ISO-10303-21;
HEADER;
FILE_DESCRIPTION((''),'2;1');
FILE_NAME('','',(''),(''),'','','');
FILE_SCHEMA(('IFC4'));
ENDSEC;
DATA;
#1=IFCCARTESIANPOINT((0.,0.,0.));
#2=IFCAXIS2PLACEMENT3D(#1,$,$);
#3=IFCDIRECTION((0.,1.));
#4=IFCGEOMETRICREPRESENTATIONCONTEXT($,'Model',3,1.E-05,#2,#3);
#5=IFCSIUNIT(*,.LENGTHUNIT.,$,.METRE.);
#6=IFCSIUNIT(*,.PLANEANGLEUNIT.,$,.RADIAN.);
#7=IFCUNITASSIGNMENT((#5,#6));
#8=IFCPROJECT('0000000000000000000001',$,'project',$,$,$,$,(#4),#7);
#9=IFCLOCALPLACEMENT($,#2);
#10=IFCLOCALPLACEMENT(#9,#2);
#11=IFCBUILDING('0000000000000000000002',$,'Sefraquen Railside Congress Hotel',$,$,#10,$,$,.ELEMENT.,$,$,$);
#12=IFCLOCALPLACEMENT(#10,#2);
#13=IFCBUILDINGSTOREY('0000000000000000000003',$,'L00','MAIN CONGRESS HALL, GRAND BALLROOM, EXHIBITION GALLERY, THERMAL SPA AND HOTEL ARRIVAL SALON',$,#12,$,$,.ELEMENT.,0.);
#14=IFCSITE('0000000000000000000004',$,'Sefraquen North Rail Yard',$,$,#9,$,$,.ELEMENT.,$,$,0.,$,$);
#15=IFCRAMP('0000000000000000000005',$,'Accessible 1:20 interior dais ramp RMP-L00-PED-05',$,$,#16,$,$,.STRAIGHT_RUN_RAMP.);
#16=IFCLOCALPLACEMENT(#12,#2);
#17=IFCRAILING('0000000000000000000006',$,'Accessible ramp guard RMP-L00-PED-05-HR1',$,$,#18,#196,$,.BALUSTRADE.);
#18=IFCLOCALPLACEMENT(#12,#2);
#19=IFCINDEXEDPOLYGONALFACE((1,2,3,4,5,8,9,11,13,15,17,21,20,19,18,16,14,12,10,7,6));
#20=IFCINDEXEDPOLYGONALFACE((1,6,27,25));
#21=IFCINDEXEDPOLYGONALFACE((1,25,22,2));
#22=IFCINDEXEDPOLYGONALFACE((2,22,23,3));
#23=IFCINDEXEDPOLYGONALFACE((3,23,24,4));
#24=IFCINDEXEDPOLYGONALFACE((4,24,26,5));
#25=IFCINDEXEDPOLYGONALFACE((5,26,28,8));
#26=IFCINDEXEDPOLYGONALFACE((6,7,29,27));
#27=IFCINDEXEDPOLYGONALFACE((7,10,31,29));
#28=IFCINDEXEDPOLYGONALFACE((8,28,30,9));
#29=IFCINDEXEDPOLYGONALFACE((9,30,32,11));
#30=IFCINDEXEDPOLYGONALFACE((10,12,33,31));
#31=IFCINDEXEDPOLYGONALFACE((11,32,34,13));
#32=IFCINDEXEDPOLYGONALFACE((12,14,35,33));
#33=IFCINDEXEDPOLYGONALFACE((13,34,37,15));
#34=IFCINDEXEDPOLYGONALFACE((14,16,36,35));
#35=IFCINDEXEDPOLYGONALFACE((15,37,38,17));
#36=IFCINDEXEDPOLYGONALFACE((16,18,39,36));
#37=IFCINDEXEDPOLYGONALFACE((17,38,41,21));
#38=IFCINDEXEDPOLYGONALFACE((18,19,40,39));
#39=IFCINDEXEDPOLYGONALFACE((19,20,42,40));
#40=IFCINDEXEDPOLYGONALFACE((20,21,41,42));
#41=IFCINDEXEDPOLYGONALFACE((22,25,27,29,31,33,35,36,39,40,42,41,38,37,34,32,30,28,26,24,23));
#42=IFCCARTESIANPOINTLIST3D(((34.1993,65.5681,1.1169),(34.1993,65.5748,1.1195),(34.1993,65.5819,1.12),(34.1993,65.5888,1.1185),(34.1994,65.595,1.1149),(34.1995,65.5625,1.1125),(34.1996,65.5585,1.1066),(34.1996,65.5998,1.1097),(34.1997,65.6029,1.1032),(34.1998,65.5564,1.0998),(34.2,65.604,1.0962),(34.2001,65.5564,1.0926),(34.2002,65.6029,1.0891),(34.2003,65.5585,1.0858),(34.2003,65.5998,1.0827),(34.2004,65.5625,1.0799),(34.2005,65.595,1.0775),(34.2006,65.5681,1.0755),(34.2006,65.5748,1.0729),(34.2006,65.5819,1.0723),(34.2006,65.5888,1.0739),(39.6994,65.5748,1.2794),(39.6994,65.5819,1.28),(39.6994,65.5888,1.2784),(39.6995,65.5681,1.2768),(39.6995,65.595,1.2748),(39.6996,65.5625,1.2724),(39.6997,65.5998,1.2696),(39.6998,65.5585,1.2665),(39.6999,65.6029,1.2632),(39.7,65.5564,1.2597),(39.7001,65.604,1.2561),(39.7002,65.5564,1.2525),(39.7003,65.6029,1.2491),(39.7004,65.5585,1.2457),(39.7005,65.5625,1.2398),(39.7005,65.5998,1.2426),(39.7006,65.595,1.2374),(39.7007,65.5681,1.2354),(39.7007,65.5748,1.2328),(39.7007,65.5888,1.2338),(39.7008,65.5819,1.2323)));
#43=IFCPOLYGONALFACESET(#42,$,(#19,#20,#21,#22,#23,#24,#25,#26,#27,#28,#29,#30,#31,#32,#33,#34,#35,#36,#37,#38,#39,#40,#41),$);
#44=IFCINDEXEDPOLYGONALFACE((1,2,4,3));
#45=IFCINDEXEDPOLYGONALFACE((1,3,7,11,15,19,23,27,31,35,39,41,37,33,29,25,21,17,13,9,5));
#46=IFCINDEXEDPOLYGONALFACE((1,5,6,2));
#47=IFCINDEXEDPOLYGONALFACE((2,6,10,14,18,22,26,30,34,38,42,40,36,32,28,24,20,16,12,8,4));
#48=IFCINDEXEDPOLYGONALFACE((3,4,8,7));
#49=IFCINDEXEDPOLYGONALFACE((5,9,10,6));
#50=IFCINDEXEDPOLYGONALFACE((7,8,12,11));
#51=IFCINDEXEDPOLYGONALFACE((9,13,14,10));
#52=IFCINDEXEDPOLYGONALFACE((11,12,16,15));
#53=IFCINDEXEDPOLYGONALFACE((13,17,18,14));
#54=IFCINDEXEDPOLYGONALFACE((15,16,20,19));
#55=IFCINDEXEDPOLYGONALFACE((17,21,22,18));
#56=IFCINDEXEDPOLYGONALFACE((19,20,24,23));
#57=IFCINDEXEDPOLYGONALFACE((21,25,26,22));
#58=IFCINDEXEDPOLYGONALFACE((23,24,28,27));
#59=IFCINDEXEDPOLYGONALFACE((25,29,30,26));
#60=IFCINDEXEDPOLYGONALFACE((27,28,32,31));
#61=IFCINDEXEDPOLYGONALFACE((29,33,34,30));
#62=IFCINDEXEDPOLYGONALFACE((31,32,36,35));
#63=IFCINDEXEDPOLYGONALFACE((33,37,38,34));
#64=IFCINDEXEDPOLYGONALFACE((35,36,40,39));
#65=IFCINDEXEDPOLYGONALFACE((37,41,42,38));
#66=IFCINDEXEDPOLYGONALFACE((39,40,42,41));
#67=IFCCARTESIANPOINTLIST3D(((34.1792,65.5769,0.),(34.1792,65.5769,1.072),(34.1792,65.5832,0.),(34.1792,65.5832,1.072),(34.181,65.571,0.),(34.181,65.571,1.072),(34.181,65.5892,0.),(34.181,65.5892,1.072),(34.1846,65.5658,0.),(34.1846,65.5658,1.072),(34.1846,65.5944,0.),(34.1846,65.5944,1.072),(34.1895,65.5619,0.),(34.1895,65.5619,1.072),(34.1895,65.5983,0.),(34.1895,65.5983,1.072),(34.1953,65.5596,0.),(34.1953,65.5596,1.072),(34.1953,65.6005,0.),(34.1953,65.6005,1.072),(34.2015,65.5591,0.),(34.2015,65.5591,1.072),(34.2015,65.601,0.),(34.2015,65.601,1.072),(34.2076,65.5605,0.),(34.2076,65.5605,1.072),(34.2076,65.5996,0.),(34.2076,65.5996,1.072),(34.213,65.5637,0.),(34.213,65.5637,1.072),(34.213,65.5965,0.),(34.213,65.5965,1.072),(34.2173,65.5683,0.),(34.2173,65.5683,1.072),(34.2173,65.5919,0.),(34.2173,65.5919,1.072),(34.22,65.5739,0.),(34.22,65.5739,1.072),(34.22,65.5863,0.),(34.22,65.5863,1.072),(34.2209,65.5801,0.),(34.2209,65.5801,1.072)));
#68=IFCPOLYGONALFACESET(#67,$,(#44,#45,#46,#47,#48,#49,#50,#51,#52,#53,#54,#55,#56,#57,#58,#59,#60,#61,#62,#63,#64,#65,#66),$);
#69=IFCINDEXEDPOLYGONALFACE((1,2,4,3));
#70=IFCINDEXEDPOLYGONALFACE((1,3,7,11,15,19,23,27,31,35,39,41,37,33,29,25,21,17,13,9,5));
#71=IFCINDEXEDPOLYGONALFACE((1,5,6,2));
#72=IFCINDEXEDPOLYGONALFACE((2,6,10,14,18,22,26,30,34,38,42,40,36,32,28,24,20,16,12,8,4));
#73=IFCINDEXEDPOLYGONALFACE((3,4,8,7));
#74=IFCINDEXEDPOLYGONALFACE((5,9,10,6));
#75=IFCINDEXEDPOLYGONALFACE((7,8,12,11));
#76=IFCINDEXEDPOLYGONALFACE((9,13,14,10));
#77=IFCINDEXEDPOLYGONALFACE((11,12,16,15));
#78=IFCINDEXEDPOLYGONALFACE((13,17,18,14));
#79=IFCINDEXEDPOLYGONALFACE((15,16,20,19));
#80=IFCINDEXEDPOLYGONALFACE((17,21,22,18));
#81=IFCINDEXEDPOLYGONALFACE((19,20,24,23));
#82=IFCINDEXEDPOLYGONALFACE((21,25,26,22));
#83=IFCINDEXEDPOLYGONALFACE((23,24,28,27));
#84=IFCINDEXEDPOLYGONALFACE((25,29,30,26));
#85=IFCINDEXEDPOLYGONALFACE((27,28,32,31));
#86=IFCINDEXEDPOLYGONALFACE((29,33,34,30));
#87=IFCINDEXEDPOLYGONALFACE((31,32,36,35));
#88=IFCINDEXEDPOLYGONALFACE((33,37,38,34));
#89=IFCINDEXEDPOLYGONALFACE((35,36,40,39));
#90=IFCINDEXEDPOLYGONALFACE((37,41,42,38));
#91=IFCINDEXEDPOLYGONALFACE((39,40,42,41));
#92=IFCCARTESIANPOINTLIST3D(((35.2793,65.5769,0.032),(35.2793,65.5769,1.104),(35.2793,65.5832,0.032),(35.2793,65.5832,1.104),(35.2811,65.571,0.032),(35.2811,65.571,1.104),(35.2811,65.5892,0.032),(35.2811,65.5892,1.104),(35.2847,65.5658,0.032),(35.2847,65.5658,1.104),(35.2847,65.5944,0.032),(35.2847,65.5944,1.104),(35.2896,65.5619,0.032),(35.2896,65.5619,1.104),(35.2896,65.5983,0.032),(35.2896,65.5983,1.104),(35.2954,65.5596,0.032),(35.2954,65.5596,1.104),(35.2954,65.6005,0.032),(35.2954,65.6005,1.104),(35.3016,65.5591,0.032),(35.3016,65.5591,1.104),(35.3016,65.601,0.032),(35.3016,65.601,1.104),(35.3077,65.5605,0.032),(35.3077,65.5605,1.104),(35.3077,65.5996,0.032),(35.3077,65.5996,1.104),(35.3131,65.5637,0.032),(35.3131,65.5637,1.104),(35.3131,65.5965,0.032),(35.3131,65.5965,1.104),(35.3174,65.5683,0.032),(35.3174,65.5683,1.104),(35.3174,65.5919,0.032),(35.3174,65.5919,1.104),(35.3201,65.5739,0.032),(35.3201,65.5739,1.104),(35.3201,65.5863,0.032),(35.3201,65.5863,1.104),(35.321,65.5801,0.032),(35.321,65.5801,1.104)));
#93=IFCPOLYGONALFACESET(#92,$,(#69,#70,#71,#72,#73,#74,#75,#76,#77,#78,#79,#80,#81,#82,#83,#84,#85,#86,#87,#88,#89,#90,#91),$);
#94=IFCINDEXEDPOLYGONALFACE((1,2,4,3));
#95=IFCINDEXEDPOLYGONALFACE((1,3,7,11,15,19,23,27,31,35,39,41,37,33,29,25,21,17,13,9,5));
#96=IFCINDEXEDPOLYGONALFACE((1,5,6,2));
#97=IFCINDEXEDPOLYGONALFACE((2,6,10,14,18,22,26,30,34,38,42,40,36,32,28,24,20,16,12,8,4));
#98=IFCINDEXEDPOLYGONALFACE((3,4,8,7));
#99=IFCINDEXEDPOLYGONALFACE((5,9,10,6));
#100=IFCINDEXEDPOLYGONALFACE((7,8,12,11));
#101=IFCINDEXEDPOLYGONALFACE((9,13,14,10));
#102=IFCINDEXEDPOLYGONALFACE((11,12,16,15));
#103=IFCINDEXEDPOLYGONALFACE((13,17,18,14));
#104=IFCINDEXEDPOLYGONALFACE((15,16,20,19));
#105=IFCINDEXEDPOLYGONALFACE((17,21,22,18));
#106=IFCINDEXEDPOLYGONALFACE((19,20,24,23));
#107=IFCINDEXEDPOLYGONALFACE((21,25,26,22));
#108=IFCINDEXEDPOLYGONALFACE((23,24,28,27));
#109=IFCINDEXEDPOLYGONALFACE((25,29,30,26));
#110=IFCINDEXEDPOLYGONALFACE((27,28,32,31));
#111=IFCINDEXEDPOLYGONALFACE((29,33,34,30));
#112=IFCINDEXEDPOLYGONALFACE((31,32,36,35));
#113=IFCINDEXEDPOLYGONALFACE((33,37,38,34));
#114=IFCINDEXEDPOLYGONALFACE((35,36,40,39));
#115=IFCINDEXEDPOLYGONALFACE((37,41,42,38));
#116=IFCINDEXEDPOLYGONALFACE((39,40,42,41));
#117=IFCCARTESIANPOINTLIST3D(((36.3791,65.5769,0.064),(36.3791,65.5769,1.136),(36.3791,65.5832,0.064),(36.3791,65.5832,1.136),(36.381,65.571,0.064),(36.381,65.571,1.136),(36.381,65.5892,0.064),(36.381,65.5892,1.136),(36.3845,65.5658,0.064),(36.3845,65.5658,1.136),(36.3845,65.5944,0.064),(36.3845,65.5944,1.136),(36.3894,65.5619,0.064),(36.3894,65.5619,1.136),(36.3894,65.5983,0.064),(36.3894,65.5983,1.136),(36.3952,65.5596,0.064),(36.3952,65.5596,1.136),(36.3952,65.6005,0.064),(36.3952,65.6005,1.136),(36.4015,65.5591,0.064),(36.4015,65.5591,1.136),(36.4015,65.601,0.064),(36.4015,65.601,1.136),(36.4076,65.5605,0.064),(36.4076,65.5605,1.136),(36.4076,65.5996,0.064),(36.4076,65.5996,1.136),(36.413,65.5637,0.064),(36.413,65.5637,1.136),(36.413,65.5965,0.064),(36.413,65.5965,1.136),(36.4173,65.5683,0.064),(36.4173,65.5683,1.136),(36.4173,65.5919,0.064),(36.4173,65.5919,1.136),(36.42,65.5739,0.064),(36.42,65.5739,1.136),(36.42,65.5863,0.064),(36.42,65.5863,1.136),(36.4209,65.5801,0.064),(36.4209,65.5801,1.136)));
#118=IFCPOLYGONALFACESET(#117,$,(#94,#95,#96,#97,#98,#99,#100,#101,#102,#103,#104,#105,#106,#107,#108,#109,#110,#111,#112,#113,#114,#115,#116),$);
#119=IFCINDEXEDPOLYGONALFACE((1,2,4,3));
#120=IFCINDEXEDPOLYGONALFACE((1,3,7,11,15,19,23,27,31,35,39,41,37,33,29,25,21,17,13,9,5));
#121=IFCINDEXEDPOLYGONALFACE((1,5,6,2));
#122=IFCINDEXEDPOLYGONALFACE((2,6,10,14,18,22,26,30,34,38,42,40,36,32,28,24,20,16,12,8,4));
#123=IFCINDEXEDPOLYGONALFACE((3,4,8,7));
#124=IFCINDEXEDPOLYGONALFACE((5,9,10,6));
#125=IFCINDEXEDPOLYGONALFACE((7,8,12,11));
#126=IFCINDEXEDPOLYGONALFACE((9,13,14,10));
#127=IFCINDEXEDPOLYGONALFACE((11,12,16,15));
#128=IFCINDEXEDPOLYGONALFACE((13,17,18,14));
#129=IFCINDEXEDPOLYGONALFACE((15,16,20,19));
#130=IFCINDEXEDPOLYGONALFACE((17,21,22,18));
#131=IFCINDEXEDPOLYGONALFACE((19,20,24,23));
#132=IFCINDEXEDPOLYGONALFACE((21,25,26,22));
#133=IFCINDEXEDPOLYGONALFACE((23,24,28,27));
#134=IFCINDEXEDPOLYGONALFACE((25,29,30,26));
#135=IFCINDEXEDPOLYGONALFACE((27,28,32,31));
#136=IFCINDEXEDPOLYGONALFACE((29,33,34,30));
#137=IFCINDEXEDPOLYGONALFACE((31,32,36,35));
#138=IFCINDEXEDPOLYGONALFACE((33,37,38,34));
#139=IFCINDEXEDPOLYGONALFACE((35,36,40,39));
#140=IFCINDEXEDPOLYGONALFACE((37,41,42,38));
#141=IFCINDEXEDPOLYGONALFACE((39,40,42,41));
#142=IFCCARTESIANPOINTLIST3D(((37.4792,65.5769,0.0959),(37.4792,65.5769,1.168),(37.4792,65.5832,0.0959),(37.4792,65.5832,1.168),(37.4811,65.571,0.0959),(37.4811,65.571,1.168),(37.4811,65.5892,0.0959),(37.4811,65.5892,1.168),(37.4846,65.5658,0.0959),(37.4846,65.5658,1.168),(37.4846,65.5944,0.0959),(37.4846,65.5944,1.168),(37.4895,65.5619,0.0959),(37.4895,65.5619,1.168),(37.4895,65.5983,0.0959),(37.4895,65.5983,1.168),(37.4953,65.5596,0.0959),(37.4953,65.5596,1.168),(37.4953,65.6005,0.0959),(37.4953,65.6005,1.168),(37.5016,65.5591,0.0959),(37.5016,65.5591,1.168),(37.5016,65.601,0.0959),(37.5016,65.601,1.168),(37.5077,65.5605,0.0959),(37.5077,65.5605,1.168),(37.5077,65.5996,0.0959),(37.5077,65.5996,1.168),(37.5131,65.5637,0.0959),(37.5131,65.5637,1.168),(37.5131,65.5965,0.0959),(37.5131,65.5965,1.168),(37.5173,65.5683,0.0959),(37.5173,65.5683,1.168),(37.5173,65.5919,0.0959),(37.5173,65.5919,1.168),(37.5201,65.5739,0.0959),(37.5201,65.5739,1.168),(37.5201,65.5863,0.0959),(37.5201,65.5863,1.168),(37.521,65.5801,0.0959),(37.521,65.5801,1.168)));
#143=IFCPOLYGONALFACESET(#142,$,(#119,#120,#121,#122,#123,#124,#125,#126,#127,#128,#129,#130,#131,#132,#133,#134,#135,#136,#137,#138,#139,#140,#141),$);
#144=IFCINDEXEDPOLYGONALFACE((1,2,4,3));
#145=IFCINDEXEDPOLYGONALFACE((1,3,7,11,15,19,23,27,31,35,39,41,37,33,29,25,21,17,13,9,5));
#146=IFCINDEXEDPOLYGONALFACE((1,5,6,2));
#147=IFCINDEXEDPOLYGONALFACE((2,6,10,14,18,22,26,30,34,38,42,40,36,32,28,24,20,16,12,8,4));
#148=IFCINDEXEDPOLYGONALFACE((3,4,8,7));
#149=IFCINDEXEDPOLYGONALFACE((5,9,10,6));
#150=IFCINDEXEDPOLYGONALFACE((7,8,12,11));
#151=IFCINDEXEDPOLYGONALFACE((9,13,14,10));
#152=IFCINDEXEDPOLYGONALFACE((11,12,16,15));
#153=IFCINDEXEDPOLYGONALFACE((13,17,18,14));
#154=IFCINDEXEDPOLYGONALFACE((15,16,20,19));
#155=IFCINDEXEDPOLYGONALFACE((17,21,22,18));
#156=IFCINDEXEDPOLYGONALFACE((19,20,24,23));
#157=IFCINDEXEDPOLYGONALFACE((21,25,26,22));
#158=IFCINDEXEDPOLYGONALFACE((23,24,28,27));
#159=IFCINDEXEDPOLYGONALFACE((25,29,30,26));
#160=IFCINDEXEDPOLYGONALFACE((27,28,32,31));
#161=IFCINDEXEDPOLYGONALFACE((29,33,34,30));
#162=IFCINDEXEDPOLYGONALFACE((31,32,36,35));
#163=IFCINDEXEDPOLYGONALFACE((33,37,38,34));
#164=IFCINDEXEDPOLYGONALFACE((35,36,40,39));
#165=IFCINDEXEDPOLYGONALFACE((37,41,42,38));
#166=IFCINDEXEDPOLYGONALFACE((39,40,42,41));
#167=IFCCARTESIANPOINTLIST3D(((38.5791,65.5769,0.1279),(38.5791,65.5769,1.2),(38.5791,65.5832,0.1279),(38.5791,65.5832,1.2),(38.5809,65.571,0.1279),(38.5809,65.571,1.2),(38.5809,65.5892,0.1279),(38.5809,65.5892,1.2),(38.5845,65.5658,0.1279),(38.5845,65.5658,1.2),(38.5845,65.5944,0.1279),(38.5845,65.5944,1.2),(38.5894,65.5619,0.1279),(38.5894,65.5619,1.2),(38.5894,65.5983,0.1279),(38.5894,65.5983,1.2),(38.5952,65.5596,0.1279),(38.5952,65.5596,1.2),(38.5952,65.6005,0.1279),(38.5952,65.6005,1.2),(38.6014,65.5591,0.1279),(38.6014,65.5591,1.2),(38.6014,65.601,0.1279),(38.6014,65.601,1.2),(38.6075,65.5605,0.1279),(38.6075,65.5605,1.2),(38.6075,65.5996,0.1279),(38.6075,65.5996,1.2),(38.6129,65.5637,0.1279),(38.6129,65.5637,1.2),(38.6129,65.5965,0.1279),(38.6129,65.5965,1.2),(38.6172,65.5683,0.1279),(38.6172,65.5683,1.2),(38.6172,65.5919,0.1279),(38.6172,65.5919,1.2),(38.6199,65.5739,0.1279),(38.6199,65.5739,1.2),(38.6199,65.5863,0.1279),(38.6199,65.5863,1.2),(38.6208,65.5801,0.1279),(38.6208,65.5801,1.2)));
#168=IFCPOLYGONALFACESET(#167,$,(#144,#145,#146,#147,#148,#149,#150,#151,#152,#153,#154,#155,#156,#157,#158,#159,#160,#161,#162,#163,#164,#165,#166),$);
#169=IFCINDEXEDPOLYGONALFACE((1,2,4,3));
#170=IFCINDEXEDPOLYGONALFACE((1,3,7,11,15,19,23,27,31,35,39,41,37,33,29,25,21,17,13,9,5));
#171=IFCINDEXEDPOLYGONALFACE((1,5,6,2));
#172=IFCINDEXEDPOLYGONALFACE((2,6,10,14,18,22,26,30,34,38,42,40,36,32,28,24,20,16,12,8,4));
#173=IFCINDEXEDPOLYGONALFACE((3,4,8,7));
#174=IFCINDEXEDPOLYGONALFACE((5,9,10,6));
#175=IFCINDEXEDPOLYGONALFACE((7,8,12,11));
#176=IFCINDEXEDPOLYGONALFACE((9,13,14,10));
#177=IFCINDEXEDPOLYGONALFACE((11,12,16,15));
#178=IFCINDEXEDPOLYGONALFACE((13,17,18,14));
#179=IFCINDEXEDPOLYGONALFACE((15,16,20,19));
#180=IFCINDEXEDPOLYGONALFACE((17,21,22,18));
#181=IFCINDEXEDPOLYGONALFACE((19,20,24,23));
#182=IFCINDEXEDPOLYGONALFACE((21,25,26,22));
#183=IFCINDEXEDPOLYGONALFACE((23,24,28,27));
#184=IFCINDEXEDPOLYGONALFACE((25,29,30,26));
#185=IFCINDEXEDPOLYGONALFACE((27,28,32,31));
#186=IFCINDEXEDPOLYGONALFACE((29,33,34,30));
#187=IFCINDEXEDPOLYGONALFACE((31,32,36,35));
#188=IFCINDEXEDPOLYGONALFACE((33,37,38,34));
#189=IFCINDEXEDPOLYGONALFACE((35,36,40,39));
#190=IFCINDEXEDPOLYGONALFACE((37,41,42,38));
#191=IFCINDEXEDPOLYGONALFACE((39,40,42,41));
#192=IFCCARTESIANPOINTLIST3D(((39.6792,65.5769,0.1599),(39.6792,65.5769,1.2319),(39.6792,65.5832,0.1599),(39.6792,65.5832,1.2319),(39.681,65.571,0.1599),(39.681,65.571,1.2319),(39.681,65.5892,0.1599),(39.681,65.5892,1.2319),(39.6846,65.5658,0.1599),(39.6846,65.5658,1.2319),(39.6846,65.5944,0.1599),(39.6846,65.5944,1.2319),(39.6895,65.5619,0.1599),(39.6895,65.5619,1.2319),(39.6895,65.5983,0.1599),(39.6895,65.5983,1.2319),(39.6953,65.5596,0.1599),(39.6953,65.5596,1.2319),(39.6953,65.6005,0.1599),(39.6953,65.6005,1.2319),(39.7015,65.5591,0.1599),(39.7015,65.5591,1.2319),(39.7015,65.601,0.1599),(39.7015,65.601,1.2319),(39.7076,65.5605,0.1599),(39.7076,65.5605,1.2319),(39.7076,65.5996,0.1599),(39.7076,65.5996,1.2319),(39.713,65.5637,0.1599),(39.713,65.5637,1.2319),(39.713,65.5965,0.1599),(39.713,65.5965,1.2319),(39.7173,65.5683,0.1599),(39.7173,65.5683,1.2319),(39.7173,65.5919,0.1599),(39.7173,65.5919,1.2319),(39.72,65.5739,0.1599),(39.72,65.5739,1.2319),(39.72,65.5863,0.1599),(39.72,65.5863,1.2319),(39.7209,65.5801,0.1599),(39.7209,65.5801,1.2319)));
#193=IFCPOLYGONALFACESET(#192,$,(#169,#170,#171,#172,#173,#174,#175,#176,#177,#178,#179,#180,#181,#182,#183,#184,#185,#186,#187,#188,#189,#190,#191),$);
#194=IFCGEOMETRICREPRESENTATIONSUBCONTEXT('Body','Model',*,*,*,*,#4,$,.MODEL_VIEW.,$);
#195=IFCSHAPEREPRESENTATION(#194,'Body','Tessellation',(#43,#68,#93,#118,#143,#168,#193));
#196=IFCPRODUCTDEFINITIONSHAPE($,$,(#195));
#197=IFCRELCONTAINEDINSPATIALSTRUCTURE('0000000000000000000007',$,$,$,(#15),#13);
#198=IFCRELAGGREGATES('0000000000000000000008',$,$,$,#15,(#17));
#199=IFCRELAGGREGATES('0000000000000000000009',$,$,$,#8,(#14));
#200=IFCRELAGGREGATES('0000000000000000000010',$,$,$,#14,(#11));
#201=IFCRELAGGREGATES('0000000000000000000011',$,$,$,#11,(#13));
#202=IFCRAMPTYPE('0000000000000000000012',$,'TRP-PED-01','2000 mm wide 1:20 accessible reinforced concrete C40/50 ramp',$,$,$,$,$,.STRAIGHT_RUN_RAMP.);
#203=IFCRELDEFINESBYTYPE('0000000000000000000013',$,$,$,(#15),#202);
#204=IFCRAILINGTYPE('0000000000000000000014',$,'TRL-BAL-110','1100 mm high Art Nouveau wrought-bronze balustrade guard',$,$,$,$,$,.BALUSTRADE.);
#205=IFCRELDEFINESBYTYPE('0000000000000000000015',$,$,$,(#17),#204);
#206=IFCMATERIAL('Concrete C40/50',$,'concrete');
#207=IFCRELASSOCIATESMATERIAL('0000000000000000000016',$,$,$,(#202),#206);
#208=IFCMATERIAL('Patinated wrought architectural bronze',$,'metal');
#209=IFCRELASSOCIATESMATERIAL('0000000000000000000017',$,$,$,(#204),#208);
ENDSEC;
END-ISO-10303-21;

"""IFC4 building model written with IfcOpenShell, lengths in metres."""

from ifc_helpers import new_model, si_unit, direction, frame, origin, origin_2d, place, context, subcontext, project, spatial, circle, extrude, material, type_object, element, aggregate, save


model = new_model("IFC4")

# Units and contexts
model_context = context("Model", 3, precision=1e-05, world=origin(), true_north=direction((0.0, 1.0)))
body_context = subcontext(model_context, "Body", "Model", "MODEL_VIEW")
ifc_project = project(units=[si_unit("LENGTHUNIT", "METRE"), si_unit("PLANEANGLEUNIT", "RADIAN")], contexts=[model_context])

# Site, building, storey
site_placement = place(None, origin())
site = spatial("IfcSite", under=ifc_project, at=site_placement, Name="Sefraquen North Rail Yard", CompositionType="ELEMENT", RefElevation=0.0)
building_placement = place(site_placement, origin())
building = spatial("IfcBuilding", under=site, at=building_placement, Name="Sefraquen Railside Congress Hotel", CompositionType="ELEMENT")
storey_placement = place(building_placement, origin())
storey = spatial("IfcBuildingStorey", under=building, at=storey_placement, Name="L00", Description="MAIN CONGRESS HALL, GRAND BALLROOM, EXHIBITION GALLERY, THERMAL SPA AND HOTEL ARRIVAL SALON", CompositionType="ELEMENT", Elevation=0.0)

# Shared definitions
ifc_material_1 = material(Name="Concrete C40/50", Category="concrete")

# Ramp, railing
ramp_type = type_object("IfcRampType", Name="TRP-PED-01", Description="2000 mm wide 1:20 accessible reinforced concrete C40/50 ramp", PredefinedType="STRAIGHT_RUN_RAMP", material=ifc_material_1)
ramp_placement = place(storey_placement, origin())
ramp = element("IfcRamp", 1, at=ramp_placement, inside=storey, type_object=ramp_type, Name="Accessible 1:20 interior dais ramp RMP-L00-PED-05", PredefinedType="STRAIGHT_RUN_RAMP")
ifc_material_2 = material(Name="Patinated wrought architectural bronze", Category="metal")
railing_type_1 = type_object("IfcRailingType", Name="TRL-BAL-110", Description="1100 mm high Art Nouveau wrought-bronze balustrade guard", PredefinedType="BALUSTRADE", material=ifc_material_2)
railing_1_placement = place(storey_placement, frame((34.2, 65.5801, 0.0)))
railing_1 = element("IfcRailing", 2, at=railing_1_placement, type_object=railing_type_1, Name="Accessible ramp guard RMP-L00-PED-05-HR1", PredefinedType="BALUSTRADE", context=body_context, shape_type="SweptSolid", body=[
    extrude(circle(Radius=0.0239, at=origin_2d()), frame((0.0, 0.0, 1.0962), z_axis=(0.999578, 0.0, 0.029063), x_axis=(0.0, 1.0, 0.0)), (0.0, 0.0, 1.0), 5.5024),
    extrude(circle(Radius=0.021, at=origin_2d()), origin(), (0.0, 0.0, 1.0), 1.072),
    extrude(circle(Radius=0.021, at=origin_2d()), frame((1.1001, 0.0, 0.032)), (0.0, 0.0, 1.0), 1.072),
    extrude(circle(Radius=0.021, at=origin_2d()), frame((2.2, 0.0, 0.064)), (0.0, 0.0, 1.0), 1.072),
    extrude(circle(Radius=0.021, at=origin_2d()), frame((3.3, 0.0, 0.0959)), (0.0, 0.0, 1.0), 1.072),
    extrude(circle(Radius=0.021, at=origin_2d()), frame((4.3999, 0.0, 0.1279)), (0.0, 0.0, 1.0), 1.072),
    extrude(circle(Radius=0.021, at=origin_2d()), frame((5.5, 0.0, 0.1599)), (0.0, 0.0, 1.0), 1.072),
])
aggregate(ramp, [railing_1])

save(model, "model.ifc")
